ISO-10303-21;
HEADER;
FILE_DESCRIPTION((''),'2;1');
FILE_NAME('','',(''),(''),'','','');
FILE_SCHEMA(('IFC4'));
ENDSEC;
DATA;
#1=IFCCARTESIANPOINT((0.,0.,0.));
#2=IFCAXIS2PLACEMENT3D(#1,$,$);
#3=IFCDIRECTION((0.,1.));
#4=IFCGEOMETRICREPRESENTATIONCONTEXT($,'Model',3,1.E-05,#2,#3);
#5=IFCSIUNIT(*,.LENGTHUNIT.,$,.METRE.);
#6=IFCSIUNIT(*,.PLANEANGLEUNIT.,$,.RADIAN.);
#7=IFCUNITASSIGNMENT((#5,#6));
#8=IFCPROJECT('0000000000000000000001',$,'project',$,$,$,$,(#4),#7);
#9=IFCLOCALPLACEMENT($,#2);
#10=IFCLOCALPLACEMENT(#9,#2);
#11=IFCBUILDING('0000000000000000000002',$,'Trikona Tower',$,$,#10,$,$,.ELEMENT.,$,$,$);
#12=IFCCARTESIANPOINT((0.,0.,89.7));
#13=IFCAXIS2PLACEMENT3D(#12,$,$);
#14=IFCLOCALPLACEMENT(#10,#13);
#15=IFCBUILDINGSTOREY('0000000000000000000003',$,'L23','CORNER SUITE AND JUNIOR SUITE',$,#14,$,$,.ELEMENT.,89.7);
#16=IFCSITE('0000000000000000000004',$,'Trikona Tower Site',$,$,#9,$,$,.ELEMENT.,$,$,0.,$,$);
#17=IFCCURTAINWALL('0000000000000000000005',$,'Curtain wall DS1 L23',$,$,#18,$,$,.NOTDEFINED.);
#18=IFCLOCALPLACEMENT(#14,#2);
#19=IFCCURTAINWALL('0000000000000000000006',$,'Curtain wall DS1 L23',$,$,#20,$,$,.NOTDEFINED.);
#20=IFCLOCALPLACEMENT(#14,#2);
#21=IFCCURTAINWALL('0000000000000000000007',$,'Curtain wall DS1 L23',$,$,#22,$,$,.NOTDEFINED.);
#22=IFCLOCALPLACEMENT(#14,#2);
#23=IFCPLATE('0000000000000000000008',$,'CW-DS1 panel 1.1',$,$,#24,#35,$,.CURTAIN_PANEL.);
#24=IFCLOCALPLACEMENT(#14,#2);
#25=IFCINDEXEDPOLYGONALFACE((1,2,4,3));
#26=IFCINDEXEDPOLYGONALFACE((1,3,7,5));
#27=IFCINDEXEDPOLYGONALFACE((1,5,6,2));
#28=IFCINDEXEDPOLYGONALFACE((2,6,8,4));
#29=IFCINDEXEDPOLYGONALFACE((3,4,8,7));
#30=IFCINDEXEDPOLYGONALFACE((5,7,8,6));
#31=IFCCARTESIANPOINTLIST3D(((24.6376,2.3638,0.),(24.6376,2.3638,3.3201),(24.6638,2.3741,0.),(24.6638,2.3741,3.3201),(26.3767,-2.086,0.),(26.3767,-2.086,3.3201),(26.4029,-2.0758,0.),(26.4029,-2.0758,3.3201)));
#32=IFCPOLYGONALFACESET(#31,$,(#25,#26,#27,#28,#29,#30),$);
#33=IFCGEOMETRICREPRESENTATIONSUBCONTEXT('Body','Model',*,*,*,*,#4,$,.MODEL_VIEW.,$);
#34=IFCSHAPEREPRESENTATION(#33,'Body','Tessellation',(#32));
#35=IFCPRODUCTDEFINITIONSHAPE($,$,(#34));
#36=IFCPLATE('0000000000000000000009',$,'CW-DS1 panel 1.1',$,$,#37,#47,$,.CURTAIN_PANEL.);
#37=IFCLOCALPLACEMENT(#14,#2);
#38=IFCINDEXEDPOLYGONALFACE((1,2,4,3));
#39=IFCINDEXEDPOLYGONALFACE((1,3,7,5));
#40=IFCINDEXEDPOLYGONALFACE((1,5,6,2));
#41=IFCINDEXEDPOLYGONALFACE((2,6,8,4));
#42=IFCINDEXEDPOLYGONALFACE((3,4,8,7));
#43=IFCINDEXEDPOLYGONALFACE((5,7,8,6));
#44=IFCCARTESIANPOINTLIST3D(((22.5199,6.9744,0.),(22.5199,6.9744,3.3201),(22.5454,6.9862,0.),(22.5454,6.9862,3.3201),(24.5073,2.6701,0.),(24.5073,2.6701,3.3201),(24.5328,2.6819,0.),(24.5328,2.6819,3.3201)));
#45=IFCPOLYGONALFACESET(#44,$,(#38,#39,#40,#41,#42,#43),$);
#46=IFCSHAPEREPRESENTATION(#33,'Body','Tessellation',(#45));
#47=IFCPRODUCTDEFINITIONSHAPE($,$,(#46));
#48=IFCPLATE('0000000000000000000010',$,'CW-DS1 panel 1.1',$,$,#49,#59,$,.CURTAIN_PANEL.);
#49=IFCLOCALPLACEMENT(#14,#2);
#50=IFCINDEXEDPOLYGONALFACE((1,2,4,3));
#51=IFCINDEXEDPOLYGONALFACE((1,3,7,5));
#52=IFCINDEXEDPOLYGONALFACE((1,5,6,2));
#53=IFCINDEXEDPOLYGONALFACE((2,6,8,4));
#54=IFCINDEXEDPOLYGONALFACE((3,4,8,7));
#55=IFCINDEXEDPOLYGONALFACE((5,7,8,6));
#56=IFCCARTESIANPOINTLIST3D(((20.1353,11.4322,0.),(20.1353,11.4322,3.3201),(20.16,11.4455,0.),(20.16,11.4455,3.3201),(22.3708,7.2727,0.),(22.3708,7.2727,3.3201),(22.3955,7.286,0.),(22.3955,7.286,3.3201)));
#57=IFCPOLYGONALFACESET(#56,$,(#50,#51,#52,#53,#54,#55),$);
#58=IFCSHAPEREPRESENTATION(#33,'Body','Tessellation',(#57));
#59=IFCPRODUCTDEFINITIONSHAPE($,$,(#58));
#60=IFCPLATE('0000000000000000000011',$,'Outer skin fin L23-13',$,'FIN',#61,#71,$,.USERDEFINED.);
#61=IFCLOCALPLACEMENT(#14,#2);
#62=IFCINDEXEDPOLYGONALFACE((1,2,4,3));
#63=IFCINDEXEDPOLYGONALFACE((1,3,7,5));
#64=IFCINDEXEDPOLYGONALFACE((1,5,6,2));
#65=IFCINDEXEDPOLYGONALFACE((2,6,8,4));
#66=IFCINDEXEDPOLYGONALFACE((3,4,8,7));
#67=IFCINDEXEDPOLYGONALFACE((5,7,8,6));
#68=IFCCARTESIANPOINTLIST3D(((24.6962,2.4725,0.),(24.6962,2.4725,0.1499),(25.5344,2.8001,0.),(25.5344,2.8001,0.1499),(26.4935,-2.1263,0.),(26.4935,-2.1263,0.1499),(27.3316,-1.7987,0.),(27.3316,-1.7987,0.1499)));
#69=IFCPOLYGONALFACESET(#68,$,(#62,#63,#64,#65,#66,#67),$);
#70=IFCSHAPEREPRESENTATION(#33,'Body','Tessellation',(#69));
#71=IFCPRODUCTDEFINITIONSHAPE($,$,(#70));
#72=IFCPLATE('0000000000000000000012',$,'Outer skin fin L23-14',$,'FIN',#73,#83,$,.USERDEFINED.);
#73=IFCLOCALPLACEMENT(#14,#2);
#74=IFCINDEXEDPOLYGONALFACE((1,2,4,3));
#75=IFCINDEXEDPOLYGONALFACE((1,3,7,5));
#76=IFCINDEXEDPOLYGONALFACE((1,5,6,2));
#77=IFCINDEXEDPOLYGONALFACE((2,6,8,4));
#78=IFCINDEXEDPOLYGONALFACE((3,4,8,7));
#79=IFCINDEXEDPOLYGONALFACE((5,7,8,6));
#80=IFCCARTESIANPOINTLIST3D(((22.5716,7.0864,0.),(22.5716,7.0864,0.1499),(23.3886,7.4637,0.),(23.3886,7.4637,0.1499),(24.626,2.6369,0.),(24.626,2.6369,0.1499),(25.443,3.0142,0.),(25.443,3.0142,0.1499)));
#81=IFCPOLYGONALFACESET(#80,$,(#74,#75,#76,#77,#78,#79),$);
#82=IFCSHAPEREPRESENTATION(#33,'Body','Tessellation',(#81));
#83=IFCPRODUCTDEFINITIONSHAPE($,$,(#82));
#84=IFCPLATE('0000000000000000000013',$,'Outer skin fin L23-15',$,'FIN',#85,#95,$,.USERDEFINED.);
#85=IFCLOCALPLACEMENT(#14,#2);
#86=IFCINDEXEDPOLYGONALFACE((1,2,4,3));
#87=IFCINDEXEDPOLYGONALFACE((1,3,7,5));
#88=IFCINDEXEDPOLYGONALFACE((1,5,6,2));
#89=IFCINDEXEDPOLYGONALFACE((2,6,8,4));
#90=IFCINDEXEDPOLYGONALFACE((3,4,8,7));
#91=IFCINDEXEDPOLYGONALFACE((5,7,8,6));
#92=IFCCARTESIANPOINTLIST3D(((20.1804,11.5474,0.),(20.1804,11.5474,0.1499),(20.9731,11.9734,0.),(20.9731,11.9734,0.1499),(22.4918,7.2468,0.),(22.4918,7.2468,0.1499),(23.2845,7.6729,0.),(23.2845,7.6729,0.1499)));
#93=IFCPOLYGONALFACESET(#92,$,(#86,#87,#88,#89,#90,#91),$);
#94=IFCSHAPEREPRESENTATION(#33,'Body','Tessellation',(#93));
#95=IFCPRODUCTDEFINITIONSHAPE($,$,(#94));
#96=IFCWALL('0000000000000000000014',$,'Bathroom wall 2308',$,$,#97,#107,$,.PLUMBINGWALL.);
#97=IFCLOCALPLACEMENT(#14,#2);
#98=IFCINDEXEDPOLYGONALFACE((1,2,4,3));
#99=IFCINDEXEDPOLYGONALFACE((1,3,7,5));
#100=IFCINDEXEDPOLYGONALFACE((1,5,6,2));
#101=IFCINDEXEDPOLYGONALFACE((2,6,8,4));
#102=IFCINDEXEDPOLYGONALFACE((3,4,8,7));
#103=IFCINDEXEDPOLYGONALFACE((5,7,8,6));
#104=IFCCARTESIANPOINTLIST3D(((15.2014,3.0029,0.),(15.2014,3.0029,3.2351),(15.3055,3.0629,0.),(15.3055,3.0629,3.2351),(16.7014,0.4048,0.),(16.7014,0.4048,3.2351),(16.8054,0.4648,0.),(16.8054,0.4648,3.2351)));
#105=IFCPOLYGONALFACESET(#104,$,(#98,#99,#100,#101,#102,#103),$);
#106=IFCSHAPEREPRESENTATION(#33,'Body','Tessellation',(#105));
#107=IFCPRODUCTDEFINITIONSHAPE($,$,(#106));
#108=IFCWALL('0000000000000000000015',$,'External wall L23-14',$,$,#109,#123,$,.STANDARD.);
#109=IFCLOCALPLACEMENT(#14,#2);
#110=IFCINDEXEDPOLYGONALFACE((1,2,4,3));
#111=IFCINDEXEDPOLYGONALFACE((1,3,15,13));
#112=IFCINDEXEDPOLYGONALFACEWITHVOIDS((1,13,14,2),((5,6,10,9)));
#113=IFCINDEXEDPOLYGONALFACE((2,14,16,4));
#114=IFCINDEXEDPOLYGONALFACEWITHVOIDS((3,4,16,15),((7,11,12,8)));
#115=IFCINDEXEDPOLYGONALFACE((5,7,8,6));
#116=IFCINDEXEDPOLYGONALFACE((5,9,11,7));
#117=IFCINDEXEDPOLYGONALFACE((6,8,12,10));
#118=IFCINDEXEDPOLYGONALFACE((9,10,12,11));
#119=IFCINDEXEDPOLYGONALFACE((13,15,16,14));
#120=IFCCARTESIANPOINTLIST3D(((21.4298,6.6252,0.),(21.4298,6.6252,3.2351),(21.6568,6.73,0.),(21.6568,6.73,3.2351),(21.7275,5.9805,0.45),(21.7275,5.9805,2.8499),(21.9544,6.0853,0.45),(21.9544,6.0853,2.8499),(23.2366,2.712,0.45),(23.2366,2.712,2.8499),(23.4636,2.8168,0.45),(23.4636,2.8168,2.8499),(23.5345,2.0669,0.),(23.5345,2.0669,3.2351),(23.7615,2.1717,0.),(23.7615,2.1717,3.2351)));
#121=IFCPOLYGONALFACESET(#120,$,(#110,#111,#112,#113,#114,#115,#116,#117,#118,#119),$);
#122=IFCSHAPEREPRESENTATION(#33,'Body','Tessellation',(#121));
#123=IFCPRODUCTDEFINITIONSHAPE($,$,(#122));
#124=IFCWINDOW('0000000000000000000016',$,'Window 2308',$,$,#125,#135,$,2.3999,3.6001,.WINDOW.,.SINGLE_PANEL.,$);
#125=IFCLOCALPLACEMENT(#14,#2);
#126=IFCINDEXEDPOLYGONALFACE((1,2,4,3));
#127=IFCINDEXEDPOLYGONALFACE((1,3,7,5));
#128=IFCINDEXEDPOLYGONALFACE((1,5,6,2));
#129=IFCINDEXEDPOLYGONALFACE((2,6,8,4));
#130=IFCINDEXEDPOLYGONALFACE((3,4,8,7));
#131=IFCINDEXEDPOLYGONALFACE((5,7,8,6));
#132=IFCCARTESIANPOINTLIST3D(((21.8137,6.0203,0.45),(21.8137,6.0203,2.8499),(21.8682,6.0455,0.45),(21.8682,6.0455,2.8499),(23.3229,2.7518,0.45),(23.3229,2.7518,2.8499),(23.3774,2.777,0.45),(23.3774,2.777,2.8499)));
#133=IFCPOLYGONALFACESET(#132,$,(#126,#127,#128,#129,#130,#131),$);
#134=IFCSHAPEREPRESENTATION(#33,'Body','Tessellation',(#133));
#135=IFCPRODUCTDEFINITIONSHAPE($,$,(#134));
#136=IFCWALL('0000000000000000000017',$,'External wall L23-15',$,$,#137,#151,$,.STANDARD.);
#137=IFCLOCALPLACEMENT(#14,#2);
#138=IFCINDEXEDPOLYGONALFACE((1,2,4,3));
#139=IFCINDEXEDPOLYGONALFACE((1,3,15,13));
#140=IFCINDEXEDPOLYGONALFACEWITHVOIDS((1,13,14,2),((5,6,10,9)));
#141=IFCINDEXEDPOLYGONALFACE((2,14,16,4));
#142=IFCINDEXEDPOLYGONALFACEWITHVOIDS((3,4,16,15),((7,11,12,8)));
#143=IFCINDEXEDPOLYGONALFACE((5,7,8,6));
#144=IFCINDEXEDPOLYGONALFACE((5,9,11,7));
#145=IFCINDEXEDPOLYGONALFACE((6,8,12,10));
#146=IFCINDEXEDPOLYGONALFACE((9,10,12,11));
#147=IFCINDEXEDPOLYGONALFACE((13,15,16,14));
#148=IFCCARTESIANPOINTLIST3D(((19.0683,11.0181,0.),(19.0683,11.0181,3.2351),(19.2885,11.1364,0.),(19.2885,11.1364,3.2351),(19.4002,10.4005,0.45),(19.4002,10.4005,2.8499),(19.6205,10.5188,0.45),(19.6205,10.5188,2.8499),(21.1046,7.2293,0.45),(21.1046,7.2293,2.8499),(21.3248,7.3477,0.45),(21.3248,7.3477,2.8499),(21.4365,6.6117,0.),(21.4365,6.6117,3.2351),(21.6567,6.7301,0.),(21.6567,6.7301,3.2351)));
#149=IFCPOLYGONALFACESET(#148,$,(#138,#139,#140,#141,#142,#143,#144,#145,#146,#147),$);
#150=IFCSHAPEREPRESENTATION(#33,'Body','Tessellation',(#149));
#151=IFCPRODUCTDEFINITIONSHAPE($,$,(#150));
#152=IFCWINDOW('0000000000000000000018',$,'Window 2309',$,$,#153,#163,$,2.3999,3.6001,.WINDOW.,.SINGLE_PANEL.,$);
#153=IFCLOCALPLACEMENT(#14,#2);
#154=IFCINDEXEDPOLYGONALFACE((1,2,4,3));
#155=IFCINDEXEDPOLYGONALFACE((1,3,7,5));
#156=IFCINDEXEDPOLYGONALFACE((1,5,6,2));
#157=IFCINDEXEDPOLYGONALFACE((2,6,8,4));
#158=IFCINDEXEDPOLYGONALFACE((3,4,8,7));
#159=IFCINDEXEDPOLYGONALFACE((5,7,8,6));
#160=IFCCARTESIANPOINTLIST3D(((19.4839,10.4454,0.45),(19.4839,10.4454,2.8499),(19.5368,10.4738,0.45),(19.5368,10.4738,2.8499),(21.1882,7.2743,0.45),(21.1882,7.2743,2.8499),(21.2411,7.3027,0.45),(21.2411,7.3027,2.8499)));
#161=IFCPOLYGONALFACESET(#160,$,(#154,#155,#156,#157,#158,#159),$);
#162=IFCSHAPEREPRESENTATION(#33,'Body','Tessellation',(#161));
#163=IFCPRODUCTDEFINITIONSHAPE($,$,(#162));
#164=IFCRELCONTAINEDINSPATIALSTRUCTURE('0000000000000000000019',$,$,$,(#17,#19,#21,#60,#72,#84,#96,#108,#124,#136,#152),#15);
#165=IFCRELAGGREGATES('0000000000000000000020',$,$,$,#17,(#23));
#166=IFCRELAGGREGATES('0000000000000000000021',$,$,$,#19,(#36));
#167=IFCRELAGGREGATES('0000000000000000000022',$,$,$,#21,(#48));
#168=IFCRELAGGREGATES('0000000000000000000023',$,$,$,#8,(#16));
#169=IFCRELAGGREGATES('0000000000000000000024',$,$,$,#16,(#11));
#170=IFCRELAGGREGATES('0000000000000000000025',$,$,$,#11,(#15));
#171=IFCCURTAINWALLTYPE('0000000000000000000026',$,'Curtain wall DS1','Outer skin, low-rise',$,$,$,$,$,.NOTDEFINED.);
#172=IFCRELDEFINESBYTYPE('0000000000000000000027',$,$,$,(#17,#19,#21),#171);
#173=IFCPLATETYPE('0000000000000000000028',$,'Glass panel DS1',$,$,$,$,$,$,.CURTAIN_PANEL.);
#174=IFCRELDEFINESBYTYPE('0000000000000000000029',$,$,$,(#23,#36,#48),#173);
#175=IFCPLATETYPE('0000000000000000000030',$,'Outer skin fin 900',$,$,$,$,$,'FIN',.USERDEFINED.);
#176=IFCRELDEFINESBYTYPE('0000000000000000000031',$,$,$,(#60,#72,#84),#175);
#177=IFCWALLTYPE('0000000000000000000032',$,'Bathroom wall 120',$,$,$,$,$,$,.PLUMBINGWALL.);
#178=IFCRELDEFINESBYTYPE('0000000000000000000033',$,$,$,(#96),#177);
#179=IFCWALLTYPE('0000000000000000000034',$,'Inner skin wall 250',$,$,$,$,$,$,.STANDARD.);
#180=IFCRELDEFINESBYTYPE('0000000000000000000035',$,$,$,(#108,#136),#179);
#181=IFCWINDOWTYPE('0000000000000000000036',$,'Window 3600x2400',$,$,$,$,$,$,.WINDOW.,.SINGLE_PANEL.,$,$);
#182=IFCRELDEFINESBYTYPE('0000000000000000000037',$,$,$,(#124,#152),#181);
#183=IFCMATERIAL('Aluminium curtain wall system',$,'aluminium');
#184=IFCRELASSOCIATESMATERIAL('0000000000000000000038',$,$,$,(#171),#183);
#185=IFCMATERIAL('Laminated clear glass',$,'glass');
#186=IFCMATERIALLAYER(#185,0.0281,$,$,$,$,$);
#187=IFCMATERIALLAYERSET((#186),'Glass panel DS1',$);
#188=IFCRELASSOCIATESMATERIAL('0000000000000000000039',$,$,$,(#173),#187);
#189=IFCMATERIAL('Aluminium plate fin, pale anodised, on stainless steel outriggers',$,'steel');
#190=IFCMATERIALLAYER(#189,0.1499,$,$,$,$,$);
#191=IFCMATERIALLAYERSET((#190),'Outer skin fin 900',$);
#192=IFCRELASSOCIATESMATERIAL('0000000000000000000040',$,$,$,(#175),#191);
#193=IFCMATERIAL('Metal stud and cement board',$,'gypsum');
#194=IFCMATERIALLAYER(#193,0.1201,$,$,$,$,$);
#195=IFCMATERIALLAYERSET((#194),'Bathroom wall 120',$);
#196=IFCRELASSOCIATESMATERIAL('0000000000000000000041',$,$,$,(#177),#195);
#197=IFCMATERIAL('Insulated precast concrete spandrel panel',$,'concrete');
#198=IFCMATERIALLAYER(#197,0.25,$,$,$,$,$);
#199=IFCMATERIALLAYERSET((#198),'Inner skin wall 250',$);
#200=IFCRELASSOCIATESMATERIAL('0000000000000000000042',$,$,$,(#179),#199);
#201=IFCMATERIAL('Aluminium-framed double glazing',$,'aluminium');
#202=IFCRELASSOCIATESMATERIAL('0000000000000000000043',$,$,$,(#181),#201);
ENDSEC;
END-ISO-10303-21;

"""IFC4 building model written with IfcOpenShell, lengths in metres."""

from ifc_helpers import new_model, si_unit, direction, frame, frame_2d, origin, origin_2d, place, context, subcontext, project, spatial, rectangle, extrude, material, layer, layer_set, type_object, element, fill, aggregate, save


model = new_model("IFC4")

# Units and contexts
model_context = context("Model", 3, precision=1e-05, world=origin(), true_north=direction((0.0, 1.0)))
body_context = subcontext(model_context, "Body", "Model", "MODEL_VIEW")
ifc_project = project(units=[si_unit("LENGTHUNIT", "METRE"), si_unit("PLANEANGLEUNIT", "RADIAN")], contexts=[model_context])

# Site, building, storey
site_placement = place(None, origin())
site = spatial("IfcSite", under=ifc_project, at=site_placement, Name="Trikona Tower Site", CompositionType="ELEMENT", RefElevation=0.0)
building_placement = place(site_placement, origin())
building = spatial("IfcBuilding", under=site, at=building_placement, Name="Trikona Tower", CompositionType="ELEMENT")
storey_placement = place(building_placement, frame((0.0, 0.0, 89.7)))
storey = spatial("IfcBuildingStorey", under=building, at=storey_placement, Name="L23", Description="CORNER SUITE AND JUNIOR SUITE", CompositionType="ELEMENT", Elevation=89.7)

# Curtain wall
ifc_material_1 = material(Name="Aluminium curtain wall system", Category="aluminium")
curtain_wall_type = type_object("IfcCurtainWallType", Name="Curtain wall DS1", Description="Outer skin, low-rise", PredefinedType="NOTDEFINED", material=ifc_material_1)
curtain_wall_1_placement = place(storey_placement, origin())
curtain_wall_1 = element("IfcCurtainWall", 1, at=curtain_wall_1_placement, inside=storey, type_object=curtain_wall_type, Name="Curtain wall DS1 L23", PredefinedType="NOTDEFINED")

# Curtain walls
curtain_wall_2_placement = place(storey_placement, origin())
curtain_wall_2 = element("IfcCurtainWall", 2, at=curtain_wall_2_placement, inside=storey, type_object=curtain_wall_type, Name="Curtain wall DS1 L23", PredefinedType="NOTDEFINED")
curtain_wall_3_placement = place(storey_placement, origin())
curtain_wall_3 = element("IfcCurtainWall", 3, at=curtain_wall_3_placement, inside=storey, type_object=curtain_wall_type, Name="Curtain wall DS1 L23", PredefinedType="NOTDEFINED")

# Plates
ifc_material_2 = material(Name="Laminated clear glass", Category="glass")
ifc_layer_1 = layer(ifc_material_2, 0.0281)
ifc_layer_set_1 = layer_set([ifc_layer_1], Name="Glass panel DS1")
plate_type_1 = type_object("IfcPlateType", Name="Glass panel DS1", PredefinedType="CURTAIN_PANEL", material=ifc_layer_set_1)
plate_1_placement = place(storey_placement, frame((25.5203, 0.144, 0.0), z_axis=(0.0, 0.0, 1.0), x_axis=(-0.364008, 0.931396, 0.0)))
plate_1 = element("IfcPlate", 4, at=plate_1_placement, type_object=plate_type_1, Name="CW-DS1 panel 1.1", PredefinedType="CURTAIN_PANEL", context=body_context, shape_type="SweptSolid", body=[
    extrude(rectangle(XDim=4.7776, YDim=0.0281, at=origin_2d()), origin(), (0.0, 0.0, 1.0), 3.3201),
])
aggregate(curtain_wall_1, [plate_1])
plate_2_placement = place(storey_placement, frame((23.5264, 4.8281, 0.0), z_axis=(0.0, 0.0, 1.0), x_axis=(-0.41919, 0.907898, 0.0)))
plate_2 = element("IfcPlate", 5, at=plate_2_placement, type_object=plate_type_1, Name="CW-DS1 panel 1.1", PredefinedType="CURTAIN_PANEL", context=body_context, shape_type="SweptSolid", body=[
    extrude(rectangle(XDim=4.741, YDim=0.0281, at=origin_2d()), origin(), (0.0, 0.0, 1.0), 3.3201),
])
aggregate(curtain_wall_2, [plate_2])
plate_3_placement = place(storey_placement, frame((21.2654, 9.3591, 0.0), z_axis=(0.0, 0.0, 1.0), x_axis=(-0.473408, 0.880843, 0.0)))
plate_3 = element("IfcPlate", 6, at=plate_3_placement, type_object=plate_type_1, Name="CW-DS1 panel 1.1", PredefinedType="CURTAIN_PANEL", context=body_context, shape_type="SweptSolid", body=[
    extrude(rectangle(XDim=4.7222, YDim=0.0281, at=origin_2d()), origin(), (0.0, 0.0, 1.0), 3.3201),
])
aggregate(curtain_wall_3, [plate_3])

# Plates
ifc_material_3 = material(Name="Aluminium plate fin, pale anodised, on stainless steel outriggers", Category="steel")
ifc_layer_2 = layer(ifc_material_3, 0.1499)
ifc_layer_set_2 = layer_set([ifc_layer_2], Name="Outer skin fin 900")
plate_type_2 = type_object("IfcPlateType", Name="Outer skin fin 900", ElementType="FIN", PredefinedType="USERDEFINED", material=ifc_layer_set_2)
plate_4_placement = place(storey_placement, frame((26.0139, 0.3369, 0.0), z_axis=(0.0, 0.0, 1.0), x_axis=(-0.364009, 0.931395, 0.0)))
element("IfcPlate", 7, at=plate_4_placement, inside=storey, type_object=plate_type_2, Name="Outer skin fin L23-13", ObjectType="FIN", PredefinedType="USERDEFINED", context=body_context, shape_type="SweptSolid", body=[
    extrude(rectangle(XDim=4.9375, YDim=0.8999, at=origin_2d()), origin(), (0.0, 0.0, 1.0), 0.1499),
])
plate_5_placement = place(storey_placement, frame((24.0073, 5.0503, 0.0), z_axis=(0.0, 0.0, 1.0), x_axis=(-0.419194, 0.907897, 0.0)))
element("IfcPlate", 8, at=plate_5_placement, inside=storey, type_object=plate_type_2, Name="Outer skin fin L23-14", ObjectType="FIN", PredefinedType="USERDEFINED", context=body_context, shape_type="SweptSolid", body=[
    extrude(rectangle(XDim=4.9009, YDim=0.8999, at=origin_2d()), origin(), (0.0, 0.0, 1.0), 0.1499),
])
plate_6_placement = place(storey_placement, frame((21.7324, 9.6101, 0.0), z_axis=(0.0, 0.0, 1.0), x_axis=(-0.473423, 0.880835, 0.0)))
element("IfcPlate", 9, at=plate_6_placement, inside=storey, type_object=plate_type_2, Name="Outer skin fin L23-15", ObjectType="FIN", PredefinedType="USERDEFINED", context=body_context, shape_type="SweptSolid", body=[
    extrude(rectangle(XDim=4.8823, YDim=0.8999, at=origin_2d()), origin(), (0.0, 0.0, 1.0), 0.1499),
])

# Wall
ifc_material_4 = material(Name="Metal stud and cement board", Category="gypsum")
ifc_layer_3 = layer(ifc_material_4, 0.1201)
ifc_layer_set_3 = layer_set([ifc_layer_3], Name="Bathroom wall 120")
wall_type_1 = type_object("IfcWallType", Name="Bathroom wall 120", PredefinedType="PLUMBINGWALL", material=ifc_layer_set_3)
wall_1_placement = place(storey_placement, frame((16.7534, 0.4348, 0.0), z_axis=(0.0, 0.0, 1.0), x_axis=(-0.49999, 0.866031, 0.0)))
element("IfcWall", 10, at=wall_1_placement, inside=storey, type_object=wall_type_1, Name="Bathroom wall 2308", PredefinedType="PLUMBINGWALL", context=body_context, shape_type="SweptSolid", body=[
    extrude(rectangle(XDim=3.0, YDim=0.1201, at=frame_2d((1.5, 0.0))), origin(), (0.0, 0.0, 1.0), 3.2351),
])

# Walls, openings, windows
ifc_material_5 = material(Name="Insulated precast concrete spandrel panel", Category="concrete")
ifc_layer_4 = layer(ifc_material_5, 0.25)
ifc_layer_set_4 = layer_set([ifc_layer_4], Name="Inner skin wall 250")
wall_type_2 = type_object("IfcWallType", Name="Inner skin wall 250", PredefinedType="STANDARD", material=ifc_layer_set_4)
wall_2_placement = place(storey_placement, frame((23.6479, 2.1194, 0.0), z_axis=(0.0, 0.0, 1.0), x_axis=(-0.419203, 0.907892, 0.0)))
wall_2 = element("IfcWall", 11, at=wall_2_placement, inside=storey, type_object=wall_type_2, Name="External wall L23-14", PredefinedType="STANDARD", context=body_context, shape_type="SweptSolid", body=[
    extrude(rectangle(XDim=5.0208, YDim=0.25, at=frame_2d((2.5103, 0.0))), origin(), (0.0, 0.0, 1.0), 3.2351),
])
opening_1_placement = place(wall_2_placement, frame((0.7104, 0.0, 0.45)))
opening_1 = element("IfcOpeningElement", 12, at=opening_1_placement, cuts=wall_2, PredefinedType="OPENING", context=body_context, shape_type="SweptSolid", body=[
    extrude(rectangle(XDim=3.6001, YDim=2.3999, at=frame_2d((1.8, 1.2))), frame((0.0, 0.135, 0.0), z_axis=(0.0, -1.0, 0.0), x_axis=(1.0, 0.0, 0.0)), (0.0, 0.0, 1.0), 0.27),
])
ifc_material_6 = material(Name="Aluminium-framed double glazing", Category="aluminium")
window_type = type_object("IfcWindowType", Name="Window 3600x2400", PartitioningType="SINGLE_PANEL", PredefinedType="WINDOW", material=ifc_material_6)
window_1_placement = place(opening_1_placement, origin())
window_1 = element("IfcWindow", 13, at=window_1_placement, inside=storey, type_object=window_type, Name="Window 2308", OverallHeight=2.3999, OverallWidth=3.6001, PartitioningType="SINGLE_PANEL", PredefinedType="WINDOW", context=body_context, shape_type="SweptSolid", body=[
    extrude(rectangle(XDim=3.6001, YDim=2.3999, at=frame_2d((1.8, 1.2))), frame((0.0, 0.03, 0.0), z_axis=(0.0, -1.0, 0.0), x_axis=(1.0, 0.0, 0.0)), (0.0, 0.0, 1.0), 0.0601),
])
fill(opening_1, window_1)
wall_3_placement = place(storey_placement, frame((21.5466, 6.6709, 0.0), z_axis=(0.0, 0.0, 1.0), x_axis=(-0.473413, 0.880841, 0.0)))
wall_3 = element("IfcWall", 14, at=wall_3_placement, inside=storey, type_object=wall_type_2, Name="External wall L23-15", PredefinedType="STANDARD", context=body_context, shape_type="SweptSolid", body=[
    extrude(rectangle(XDim=5.0024, YDim=0.25, at=frame_2d((2.5012, 0.0))), origin(), (0.0, 0.0, 1.0), 3.2351),
])
opening_2_placement = place(wall_3_placement, frame((0.7012, 0.0, 0.45)))
opening_2 = element("IfcOpeningElement", 15, at=opening_2_placement, cuts=wall_3, PredefinedType="OPENING", context=body_context, shape_type="SweptSolid", body=[
    extrude(rectangle(XDim=3.6001, YDim=2.3999, at=frame_2d((1.8, 1.2))), frame((0.0, 0.135, 0.0), z_axis=(0.0, -1.0, 0.0), x_axis=(1.0, 0.0, 0.0)), (0.0, 0.0, 1.0), 0.27),
])
window_2_placement = place(opening_2_placement, origin())
window_2 = element("IfcWindow", 16, at=window_2_placement, inside=storey, type_object=window_type, Name="Window 2309", OverallHeight=2.3999, OverallWidth=3.6001, PartitioningType="SINGLE_PANEL", PredefinedType="WINDOW", context=body_context, shape_type="SweptSolid", body=[
    extrude(rectangle(XDim=3.6001, YDim=2.3999, at=frame_2d((1.8, 1.2))), frame((0.0, 0.03, 0.0), z_axis=(0.0, -1.0, 0.0), x_axis=(1.0, 0.0, 0.0)), (0.0, 0.0, 1.0), 0.0601),
])
fill(opening_2, window_2)

save(model, "model.ifc")
